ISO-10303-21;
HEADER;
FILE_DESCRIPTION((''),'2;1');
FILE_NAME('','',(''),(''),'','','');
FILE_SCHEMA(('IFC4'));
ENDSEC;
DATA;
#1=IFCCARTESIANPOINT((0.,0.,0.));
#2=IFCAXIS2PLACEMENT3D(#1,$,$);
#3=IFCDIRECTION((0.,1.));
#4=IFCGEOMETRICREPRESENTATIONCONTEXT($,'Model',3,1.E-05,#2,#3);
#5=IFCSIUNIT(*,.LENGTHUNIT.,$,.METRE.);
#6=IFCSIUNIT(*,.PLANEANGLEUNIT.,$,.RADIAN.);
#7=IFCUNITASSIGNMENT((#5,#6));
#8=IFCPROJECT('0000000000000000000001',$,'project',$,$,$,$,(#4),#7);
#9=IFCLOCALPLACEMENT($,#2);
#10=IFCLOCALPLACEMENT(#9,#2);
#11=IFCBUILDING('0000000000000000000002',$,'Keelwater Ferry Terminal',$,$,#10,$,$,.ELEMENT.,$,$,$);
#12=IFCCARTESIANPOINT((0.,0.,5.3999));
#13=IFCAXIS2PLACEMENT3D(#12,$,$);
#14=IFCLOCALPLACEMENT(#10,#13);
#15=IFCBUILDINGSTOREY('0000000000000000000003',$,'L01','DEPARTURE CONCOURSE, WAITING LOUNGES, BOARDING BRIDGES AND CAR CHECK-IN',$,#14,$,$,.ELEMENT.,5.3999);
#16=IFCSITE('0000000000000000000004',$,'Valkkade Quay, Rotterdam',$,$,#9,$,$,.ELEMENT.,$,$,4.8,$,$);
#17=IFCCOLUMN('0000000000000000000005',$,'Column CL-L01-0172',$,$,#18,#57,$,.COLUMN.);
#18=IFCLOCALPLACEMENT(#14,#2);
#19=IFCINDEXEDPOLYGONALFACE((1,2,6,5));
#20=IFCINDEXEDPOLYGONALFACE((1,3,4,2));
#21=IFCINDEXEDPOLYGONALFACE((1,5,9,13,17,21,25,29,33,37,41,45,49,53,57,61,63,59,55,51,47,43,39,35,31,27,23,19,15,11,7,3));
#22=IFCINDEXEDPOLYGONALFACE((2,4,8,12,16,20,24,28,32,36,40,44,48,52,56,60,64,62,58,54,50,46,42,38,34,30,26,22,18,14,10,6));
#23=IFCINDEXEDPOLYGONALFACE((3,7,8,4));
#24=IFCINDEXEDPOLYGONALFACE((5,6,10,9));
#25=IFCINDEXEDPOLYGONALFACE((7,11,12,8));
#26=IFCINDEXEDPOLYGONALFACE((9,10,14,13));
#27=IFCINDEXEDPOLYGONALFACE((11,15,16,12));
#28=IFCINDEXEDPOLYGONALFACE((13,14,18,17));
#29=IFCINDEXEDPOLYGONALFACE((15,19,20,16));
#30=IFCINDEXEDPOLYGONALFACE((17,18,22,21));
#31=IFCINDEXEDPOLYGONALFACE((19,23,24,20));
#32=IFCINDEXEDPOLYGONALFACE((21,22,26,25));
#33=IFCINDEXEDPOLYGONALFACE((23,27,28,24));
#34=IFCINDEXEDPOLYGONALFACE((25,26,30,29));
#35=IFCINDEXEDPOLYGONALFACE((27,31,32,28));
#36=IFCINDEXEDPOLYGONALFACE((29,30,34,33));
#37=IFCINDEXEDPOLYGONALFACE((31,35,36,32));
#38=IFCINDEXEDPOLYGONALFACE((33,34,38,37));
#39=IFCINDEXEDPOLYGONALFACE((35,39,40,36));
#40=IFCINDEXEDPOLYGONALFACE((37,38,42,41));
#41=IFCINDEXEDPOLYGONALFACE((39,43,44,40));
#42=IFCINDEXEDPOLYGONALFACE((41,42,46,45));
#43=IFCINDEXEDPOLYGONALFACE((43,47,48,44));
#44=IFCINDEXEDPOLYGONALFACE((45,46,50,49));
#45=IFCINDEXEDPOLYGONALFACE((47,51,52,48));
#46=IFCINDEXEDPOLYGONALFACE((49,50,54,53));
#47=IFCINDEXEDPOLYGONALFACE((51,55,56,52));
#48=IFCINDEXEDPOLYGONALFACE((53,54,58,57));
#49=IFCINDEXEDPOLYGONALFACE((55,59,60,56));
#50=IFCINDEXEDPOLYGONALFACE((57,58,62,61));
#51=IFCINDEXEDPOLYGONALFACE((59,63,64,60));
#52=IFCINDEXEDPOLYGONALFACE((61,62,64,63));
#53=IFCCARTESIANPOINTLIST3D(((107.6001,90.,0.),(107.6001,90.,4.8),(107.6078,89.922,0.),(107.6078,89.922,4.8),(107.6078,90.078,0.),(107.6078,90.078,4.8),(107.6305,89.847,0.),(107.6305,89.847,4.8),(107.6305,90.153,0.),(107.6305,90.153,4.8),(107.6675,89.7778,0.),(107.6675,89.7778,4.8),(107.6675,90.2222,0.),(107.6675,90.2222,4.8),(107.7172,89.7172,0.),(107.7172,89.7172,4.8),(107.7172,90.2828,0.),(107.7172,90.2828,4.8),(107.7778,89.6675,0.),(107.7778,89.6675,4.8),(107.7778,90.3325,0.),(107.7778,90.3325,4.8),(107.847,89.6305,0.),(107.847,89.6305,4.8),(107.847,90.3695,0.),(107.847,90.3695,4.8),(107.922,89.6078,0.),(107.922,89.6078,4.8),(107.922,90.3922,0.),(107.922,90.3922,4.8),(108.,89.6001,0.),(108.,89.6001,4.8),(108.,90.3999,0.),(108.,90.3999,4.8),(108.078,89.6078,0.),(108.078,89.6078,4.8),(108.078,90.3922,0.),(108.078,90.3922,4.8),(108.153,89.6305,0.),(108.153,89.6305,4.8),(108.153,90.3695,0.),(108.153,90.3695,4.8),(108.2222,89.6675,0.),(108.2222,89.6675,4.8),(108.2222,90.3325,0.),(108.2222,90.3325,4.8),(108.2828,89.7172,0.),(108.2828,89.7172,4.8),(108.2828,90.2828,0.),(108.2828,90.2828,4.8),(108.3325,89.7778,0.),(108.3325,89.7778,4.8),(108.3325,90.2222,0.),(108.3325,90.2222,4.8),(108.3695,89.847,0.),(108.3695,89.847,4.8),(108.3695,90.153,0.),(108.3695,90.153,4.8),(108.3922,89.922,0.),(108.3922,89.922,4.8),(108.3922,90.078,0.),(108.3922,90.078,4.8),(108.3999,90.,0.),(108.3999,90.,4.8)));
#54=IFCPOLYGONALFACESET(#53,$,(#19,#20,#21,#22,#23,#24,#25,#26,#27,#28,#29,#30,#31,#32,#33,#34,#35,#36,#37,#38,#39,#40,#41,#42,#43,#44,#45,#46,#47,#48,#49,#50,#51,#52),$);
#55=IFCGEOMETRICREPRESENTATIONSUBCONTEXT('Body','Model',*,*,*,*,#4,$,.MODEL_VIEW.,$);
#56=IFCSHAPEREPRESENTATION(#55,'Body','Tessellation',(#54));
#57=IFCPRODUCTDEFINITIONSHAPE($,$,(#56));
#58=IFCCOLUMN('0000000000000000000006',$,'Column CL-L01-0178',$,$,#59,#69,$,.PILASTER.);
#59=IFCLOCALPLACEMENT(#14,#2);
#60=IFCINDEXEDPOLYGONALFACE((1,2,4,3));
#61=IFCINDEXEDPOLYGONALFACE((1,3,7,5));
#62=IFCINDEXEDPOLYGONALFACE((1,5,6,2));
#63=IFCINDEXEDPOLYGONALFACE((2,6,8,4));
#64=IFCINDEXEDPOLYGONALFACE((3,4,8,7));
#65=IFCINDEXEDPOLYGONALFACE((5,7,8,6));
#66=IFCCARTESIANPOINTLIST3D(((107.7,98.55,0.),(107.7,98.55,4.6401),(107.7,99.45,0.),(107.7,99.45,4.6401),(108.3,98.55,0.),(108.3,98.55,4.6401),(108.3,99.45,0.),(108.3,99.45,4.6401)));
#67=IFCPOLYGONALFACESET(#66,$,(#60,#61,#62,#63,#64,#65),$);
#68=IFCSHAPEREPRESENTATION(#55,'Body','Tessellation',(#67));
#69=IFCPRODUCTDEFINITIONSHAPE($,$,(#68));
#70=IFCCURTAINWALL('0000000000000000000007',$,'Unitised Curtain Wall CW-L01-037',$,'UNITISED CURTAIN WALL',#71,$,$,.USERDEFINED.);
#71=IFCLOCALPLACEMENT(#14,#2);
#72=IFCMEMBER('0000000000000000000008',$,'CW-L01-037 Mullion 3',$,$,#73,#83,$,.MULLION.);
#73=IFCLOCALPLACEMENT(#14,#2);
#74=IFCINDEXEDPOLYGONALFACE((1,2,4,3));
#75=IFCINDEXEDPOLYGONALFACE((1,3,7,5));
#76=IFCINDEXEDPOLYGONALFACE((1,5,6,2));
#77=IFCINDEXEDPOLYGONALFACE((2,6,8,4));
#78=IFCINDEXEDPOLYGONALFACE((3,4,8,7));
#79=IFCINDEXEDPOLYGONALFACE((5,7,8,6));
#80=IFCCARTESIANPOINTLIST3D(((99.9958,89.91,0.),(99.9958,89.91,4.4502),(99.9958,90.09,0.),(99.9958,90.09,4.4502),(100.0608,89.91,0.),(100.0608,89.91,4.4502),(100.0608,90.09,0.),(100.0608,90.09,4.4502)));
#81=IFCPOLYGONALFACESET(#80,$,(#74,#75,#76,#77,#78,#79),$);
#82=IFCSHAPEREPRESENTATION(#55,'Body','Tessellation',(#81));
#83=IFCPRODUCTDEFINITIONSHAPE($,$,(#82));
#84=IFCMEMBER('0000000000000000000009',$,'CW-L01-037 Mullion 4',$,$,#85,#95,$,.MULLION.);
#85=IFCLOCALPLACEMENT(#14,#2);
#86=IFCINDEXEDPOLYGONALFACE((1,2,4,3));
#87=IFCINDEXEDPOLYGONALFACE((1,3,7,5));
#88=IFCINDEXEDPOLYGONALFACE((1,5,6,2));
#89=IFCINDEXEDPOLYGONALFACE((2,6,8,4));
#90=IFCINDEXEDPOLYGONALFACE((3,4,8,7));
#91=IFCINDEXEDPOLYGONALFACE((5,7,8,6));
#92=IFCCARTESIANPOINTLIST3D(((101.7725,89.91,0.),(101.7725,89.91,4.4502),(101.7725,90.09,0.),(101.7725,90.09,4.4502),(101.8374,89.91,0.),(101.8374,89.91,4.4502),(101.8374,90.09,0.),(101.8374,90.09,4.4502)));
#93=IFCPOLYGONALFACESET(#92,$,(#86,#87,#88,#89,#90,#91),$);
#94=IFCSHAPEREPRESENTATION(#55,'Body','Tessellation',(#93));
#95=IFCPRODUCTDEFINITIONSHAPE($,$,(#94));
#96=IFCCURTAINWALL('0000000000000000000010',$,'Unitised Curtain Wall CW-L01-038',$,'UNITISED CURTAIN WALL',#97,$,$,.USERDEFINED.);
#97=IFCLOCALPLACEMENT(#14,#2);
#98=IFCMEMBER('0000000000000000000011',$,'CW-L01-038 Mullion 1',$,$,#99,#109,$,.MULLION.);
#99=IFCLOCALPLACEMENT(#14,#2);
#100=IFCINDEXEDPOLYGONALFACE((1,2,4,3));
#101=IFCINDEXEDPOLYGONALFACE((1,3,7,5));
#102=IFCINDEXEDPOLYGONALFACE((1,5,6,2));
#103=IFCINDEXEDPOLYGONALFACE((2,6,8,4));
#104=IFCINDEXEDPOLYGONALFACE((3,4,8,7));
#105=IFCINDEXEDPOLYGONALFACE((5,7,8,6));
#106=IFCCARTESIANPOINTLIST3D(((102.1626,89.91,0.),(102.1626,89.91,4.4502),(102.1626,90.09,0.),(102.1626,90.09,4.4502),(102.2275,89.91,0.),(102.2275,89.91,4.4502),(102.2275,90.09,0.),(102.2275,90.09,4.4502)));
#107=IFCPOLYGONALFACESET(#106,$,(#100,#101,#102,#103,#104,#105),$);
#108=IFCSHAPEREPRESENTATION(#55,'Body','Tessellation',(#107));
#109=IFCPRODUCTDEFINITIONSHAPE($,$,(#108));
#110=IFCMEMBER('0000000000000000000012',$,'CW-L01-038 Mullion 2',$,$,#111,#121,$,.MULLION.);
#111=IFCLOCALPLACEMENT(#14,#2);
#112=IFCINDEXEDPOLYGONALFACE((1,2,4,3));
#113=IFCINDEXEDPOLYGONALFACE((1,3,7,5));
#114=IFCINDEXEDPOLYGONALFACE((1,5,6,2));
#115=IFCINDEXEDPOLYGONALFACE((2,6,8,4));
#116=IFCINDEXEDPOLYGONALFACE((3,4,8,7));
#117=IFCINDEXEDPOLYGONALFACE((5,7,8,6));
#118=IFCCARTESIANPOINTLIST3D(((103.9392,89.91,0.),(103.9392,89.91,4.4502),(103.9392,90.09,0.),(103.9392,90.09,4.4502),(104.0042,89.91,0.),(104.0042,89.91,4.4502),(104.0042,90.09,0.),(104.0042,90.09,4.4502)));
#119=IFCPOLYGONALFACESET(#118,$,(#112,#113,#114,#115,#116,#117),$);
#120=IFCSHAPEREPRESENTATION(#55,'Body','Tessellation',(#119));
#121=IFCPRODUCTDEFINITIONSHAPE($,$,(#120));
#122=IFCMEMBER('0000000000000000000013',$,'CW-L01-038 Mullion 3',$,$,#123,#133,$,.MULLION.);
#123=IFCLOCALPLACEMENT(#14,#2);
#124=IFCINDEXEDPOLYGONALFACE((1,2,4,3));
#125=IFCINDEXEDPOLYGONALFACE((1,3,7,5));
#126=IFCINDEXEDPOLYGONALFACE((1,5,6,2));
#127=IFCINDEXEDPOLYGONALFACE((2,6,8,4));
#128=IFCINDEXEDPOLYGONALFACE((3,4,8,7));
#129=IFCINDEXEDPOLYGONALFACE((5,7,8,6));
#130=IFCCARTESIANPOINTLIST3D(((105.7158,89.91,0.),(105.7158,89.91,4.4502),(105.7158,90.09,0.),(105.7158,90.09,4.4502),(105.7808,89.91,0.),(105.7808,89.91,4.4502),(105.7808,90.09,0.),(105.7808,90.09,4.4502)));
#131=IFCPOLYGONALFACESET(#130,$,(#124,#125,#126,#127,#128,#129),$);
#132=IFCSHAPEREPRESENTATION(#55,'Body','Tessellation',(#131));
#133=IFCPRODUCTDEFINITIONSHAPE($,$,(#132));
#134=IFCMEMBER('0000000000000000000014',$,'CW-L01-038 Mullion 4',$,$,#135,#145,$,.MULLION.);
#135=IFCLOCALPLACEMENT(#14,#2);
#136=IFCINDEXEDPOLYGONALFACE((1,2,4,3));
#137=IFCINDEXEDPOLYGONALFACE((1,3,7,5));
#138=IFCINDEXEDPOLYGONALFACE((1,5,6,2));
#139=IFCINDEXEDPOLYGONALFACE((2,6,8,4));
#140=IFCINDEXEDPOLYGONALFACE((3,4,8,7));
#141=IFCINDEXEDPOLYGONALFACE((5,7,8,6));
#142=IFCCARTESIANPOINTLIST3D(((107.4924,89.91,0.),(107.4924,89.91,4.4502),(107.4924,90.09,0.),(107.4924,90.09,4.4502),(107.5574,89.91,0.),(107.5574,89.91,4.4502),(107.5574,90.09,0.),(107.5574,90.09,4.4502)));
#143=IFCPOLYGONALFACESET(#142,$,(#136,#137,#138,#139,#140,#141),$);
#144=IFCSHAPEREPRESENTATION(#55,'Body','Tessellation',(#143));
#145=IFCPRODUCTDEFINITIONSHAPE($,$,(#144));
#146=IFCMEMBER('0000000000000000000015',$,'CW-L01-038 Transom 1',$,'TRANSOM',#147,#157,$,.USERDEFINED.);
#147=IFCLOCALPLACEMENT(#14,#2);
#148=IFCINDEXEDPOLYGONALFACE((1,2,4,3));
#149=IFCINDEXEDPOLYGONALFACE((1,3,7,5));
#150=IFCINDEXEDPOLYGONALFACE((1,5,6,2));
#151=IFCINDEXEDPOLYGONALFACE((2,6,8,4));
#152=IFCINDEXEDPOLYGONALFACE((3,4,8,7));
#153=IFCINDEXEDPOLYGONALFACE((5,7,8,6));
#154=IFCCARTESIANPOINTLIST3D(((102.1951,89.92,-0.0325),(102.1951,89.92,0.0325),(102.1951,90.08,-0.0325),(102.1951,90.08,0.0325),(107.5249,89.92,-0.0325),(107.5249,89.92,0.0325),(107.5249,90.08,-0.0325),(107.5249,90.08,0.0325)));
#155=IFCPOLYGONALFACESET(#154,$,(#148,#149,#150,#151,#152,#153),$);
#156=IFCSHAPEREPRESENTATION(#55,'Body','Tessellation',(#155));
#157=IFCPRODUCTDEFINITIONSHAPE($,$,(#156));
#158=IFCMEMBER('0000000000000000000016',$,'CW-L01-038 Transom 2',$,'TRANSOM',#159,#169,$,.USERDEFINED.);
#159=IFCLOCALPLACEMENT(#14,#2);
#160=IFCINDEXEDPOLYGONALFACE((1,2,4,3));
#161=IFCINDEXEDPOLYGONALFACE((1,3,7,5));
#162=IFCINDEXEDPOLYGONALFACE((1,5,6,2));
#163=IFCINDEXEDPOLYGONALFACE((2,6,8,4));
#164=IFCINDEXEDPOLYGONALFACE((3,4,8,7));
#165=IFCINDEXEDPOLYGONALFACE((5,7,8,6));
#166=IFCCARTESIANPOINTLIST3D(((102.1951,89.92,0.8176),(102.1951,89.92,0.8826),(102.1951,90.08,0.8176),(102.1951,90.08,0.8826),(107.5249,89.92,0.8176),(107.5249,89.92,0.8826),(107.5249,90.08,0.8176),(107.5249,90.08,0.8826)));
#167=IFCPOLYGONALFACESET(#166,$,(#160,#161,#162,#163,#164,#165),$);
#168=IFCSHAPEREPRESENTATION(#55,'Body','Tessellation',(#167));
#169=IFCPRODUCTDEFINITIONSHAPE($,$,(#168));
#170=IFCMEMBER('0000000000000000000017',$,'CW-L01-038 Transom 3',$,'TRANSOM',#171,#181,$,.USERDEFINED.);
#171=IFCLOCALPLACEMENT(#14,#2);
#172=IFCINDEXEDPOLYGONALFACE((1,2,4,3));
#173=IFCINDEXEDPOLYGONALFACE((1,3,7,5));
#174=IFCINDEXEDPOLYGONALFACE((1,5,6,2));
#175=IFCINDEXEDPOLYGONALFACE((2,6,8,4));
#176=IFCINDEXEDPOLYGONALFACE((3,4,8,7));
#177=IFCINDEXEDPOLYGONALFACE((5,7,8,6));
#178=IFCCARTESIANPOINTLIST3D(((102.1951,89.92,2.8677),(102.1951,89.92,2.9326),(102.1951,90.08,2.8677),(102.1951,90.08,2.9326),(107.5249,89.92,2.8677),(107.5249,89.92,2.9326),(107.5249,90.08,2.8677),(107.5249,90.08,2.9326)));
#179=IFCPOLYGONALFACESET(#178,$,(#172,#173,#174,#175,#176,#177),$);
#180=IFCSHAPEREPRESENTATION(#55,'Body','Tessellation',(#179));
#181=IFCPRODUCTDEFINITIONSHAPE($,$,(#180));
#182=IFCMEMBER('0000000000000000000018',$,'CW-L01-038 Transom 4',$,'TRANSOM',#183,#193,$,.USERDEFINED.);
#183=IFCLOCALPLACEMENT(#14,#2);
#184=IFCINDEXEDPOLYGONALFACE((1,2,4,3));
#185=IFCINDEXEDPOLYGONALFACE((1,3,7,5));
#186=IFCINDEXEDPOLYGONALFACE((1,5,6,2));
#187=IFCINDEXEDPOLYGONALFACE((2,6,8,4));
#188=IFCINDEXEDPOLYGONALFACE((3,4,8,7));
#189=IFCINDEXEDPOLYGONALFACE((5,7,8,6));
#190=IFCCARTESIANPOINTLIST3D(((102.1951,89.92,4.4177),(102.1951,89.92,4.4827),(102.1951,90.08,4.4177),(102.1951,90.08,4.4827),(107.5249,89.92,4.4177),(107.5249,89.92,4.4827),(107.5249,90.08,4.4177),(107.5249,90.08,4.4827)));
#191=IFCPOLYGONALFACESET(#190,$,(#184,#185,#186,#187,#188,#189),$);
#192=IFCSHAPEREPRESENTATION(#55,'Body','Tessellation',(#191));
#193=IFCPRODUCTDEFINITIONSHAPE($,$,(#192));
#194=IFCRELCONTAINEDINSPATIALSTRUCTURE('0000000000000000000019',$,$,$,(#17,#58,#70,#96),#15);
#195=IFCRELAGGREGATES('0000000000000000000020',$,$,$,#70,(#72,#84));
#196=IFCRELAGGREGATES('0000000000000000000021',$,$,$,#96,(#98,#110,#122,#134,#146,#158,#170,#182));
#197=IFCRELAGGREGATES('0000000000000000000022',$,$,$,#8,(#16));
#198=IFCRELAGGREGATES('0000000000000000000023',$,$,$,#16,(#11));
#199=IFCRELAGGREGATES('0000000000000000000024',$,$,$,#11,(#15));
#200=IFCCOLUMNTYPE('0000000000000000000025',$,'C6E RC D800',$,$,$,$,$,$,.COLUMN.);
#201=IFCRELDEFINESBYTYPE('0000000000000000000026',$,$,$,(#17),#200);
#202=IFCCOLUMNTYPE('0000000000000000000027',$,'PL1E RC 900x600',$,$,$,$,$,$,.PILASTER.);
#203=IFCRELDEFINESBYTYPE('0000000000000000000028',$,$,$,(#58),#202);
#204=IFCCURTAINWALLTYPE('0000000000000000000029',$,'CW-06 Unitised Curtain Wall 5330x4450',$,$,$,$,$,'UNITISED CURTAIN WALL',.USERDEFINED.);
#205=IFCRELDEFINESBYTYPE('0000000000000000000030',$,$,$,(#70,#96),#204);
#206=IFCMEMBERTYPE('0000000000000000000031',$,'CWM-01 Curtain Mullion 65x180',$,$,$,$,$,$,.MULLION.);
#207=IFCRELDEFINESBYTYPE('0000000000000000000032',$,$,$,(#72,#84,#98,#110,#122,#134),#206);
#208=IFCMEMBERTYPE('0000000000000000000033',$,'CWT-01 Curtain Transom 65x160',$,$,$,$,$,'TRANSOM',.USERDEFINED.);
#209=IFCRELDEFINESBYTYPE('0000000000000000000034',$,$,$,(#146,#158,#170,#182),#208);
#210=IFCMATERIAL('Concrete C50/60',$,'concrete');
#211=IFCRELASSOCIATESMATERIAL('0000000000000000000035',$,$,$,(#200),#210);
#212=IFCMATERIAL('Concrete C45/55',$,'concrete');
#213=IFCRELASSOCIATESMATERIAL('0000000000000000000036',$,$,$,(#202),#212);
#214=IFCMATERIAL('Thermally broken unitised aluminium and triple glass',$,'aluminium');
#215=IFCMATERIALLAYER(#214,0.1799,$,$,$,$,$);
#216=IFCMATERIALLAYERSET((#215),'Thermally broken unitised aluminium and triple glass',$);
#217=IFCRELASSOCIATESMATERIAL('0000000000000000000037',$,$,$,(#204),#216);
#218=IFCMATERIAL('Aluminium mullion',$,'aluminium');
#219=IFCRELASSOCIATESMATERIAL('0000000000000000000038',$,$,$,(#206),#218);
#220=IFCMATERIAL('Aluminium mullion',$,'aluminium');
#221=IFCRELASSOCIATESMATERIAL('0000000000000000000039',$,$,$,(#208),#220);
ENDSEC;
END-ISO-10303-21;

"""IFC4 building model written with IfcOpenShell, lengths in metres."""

from ifc_helpers import new_model, si_unit, direction, frame, origin, origin_2d, place, context, subcontext, project, spatial, rectangle, circle, extrude, material, layer, layer_set, material_profile, profile_set, type_object, element, aggregate, save


model = new_model("IFC4")

# Units and contexts
model_context = context("Model", 3, precision=1e-05, world=origin(), true_north=direction((0.0, 1.0)))
body_context = subcontext(model_context, "Body", "Model", "MODEL_VIEW")
ifc_project = project(units=[si_unit("LENGTHUNIT", "METRE"), si_unit("PLANEANGLEUNIT", "RADIAN")], contexts=[model_context])

# Site, building, storey
site_placement = place(None, origin())
site = spatial("IfcSite", under=ifc_project, at=site_placement, Name="Valkkade Quay, Rotterdam", CompositionType="ELEMENT", RefElevation=4.8)
building_placement = place(site_placement, origin())
building = spatial("IfcBuilding", under=site, at=building_placement, Name="Keelwater Ferry Terminal", CompositionType="ELEMENT")
storey_placement = place(building_placement, frame((0.0, 0.0, 5.3999)))
storey = spatial("IfcBuildingStorey", under=building, at=storey_placement, Name="L01", Description="DEPARTURE CONCOURSE, WAITING LOUNGES, BOARDING BRIDGES AND CAR CHECK-IN", CompositionType="ELEMENT", Elevation=5.3999)

# Columns
ifc_material_1 = material(Name="Concrete C50/60", Category="concrete")
ifc_material_profile_1 = material_profile(ifc_material_1, circle(Radius=0.3999, at=origin_2d()), Name="RC D800")
ifc_profile_set_1 = profile_set([ifc_material_profile_1], Name="Concrete C50/60")
column_type_1 = type_object("IfcColumnType", Name="C6E RC D800", PredefinedType="COLUMN", material=ifc_profile_set_1)
column_1_placement = place(storey_placement, frame((108.0, 90.0, 0.0), z_axis=(0.0, 0.0, 1.0), x_axis=(1.0, 0.0, 0.0)))
element("IfcColumn", 1, at=column_1_placement, inside=storey, type_object=column_type_1, Name="Column CL-L01-0172", PredefinedType="COLUMN", context=body_context, shape_type="SweptSolid", body=[
    extrude(circle(Radius=0.3999, at=origin_2d()), origin(), (0.0, 0.0, 1.0), 4.8),
])
ifc_material_2 = material(Name="Concrete C45/55", Category="concrete")
ifc_material_profile_2 = material_profile(ifc_material_2, rectangle(XDim=0.6001, YDim=0.8999, at=origin_2d()), Name="RC 900x600")
ifc_profile_set_2 = profile_set([ifc_material_profile_2], Name="Concrete C45/55")
column_type_2 = type_object("IfcColumnType", Name="PL1E RC 900x600", PredefinedType="PILASTER", material=ifc_profile_set_2)
column_2_placement = place(storey_placement, frame((108.0, 99.0, 0.0), z_axis=(0.0, 0.0, 1.0), x_axis=(1.0, 0.0, 0.0)))
element("IfcColumn", 2, at=column_2_placement, inside=storey, type_object=column_type_2, Name="Column CL-L01-0178", PredefinedType="PILASTER", context=body_context, shape_type="SweptSolid", body=[
    extrude(rectangle(XDim=0.6001, YDim=0.8999, at=origin_2d()), origin(), (0.0, 0.0, 1.0), 4.6401),
])

# Curtain walls, members
ifc_material_3 = material(Name="Thermally broken unitised aluminium and triple glass", Category="aluminium")
ifc_layer_1 = layer(ifc_material_3, 0.1799)
ifc_layer_set_1 = layer_set([ifc_layer_1], Name="Thermally broken unitised aluminium and triple glass")
curtain_wall_type = type_object("IfcCurtainWallType", Name="CW-06 Unitised Curtain Wall 5330x4450", ElementType="UNITISED CURTAIN WALL", PredefinedType="USERDEFINED", material=ifc_layer_set_1)
curtain_wall_1_placement = place(storey_placement, origin())
curtain_wall_1 = element("IfcCurtainWall", 3, at=curtain_wall_1_placement, inside=storey, type_object=curtain_wall_type, Name="Unitised Curtain Wall CW-L01-037", ObjectType="UNITISED CURTAIN WALL", PredefinedType="USERDEFINED")
ifc_material_4 = material(Name="Aluminium mullion", Category="aluminium")
ifc_material_profile_3 = material_profile(ifc_material_4, rectangle(XDim=0.0649, YDim=0.1799, at=origin_2d()), Name="CWM-01")
ifc_profile_set_3 = profile_set([ifc_material_profile_3], Name="Aluminium mullion")
member_type_1 = type_object("IfcMemberType", Name="CWM-01 Curtain Mullion 65x180", PredefinedType="MULLION", material=ifc_profile_set_3)
member_1_placement = place(storey_placement, frame((100.0283, 90.0, 0.0), z_axis=(0.0, 0.0, 1.0), x_axis=(1.0, 0.0, 0.0)))
member_1 = element("IfcMember", 4, at=member_1_placement, type_object=member_type_1, Name="CW-L01-037 Mullion 3", PredefinedType="MULLION", context=body_context, shape_type="SweptSolid", body=[
    extrude(rectangle(XDim=0.0649, YDim=0.1799, at=origin_2d()), origin(), (0.0, 0.0, 1.0), 4.4502),
])
member_2_placement = place(storey_placement, frame((101.8049, 90.0, 0.0), z_axis=(0.0, 0.0, 1.0), x_axis=(1.0, 0.0, 0.0)))
member_2 = element("IfcMember", 5, at=member_2_placement, type_object=member_type_1, Name="CW-L01-037 Mullion 4", PredefinedType="MULLION", context=body_context, shape_type="SweptSolid", body=[
    extrude(rectangle(XDim=0.0649, YDim=0.1799, at=origin_2d()), origin(), (0.0, 0.0, 1.0), 4.4502),
])
curtain_wall_2_placement = place(storey_placement, origin())
curtain_wall_2 = element("IfcCurtainWall", 6, at=curtain_wall_2_placement, inside=storey, type_object=curtain_wall_type, Name="Unitised Curtain Wall CW-L01-038", ObjectType="UNITISED CURTAIN WALL", PredefinedType="USERDEFINED")
member_3_placement = place(storey_placement, frame((102.1951, 90.0, 0.0), z_axis=(0.0, 0.0, 1.0), x_axis=(1.0, 0.0, 0.0)))
member_3 = element("IfcMember", 7, at=member_3_placement, type_object=member_type_1, Name="CW-L01-038 Mullion 1", PredefinedType="MULLION", context=body_context, shape_type="SweptSolid", body=[
    extrude(rectangle(XDim=0.0649, YDim=0.1799, at=origin_2d()), origin(), (0.0, 0.0, 1.0), 4.4502),
])
member_4_placement = place(storey_placement, frame((103.9717, 90.0, 0.0), z_axis=(0.0, 0.0, 1.0), x_axis=(1.0, 0.0, 0.0)))
member_4 = element("IfcMember", 8, at=member_4_placement, type_object=member_type_1, Name="CW-L01-038 Mullion 2", PredefinedType="MULLION", context=body_context, shape_type="SweptSolid", body=[
    extrude(rectangle(XDim=0.0649, YDim=0.1799, at=origin_2d()), origin(), (0.0, 0.0, 1.0), 4.4502),
])
member_5_placement = place(storey_placement, frame((105.7483, 90.0, 0.0), z_axis=(0.0, 0.0, 1.0), x_axis=(1.0, 0.0, 0.0)))
member_5 = element("IfcMember", 9, at=member_5_placement, type_object=member_type_1, Name="CW-L01-038 Mullion 3", PredefinedType="MULLION", context=body_context, shape_type="SweptSolid", body=[
    extrude(rectangle(XDim=0.0649, YDim=0.1799, at=origin_2d()), origin(), (0.0, 0.0, 1.0), 4.4502),
])
member_6_placement = place(storey_placement, frame((107.5249, 90.0, 0.0), z_axis=(0.0, 0.0, 1.0), x_axis=(1.0, 0.0, 0.0)))
member_6 = element("IfcMember", 10, at=member_6_placement, type_object=member_type_1, Name="CW-L01-038 Mullion 4", PredefinedType="MULLION", context=body_context, shape_type="SweptSolid", body=[
    extrude(rectangle(XDim=0.0649, YDim=0.1799, at=origin_2d()), origin(), (0.0, 0.0, 1.0), 4.4502),
])
ifc_material_5 = material(Name="Aluminium mullion", Category="aluminium")
ifc_material_profile_4 = material_profile(ifc_material_5, rectangle(XDim=0.1599, YDim=0.0649, at=origin_2d()), Name="CWT-01")
ifc_profile_set_4 = profile_set([ifc_material_profile_4], Name="Aluminium mullion")
member_type_2 = type_object("IfcMemberType", Name="CWT-01 Curtain Transom 65x160", ElementType="TRANSOM", PredefinedType="USERDEFINED", material=ifc_profile_set_4)
member_7_placement = place(storey_placement, frame((102.1951, 90.0, 0.0), z_axis=(1.0, 0.0, 0.0), x_axis=(0.0, 1.0, 0.0)))
member_7 = element("IfcMember", 11, at=member_7_placement, type_object=member_type_2, Name="CW-L01-038 Transom 1", ObjectType="TRANSOM", PredefinedType="USERDEFINED", context=body_context, shape_type="SweptSolid", body=[
    extrude(rectangle(XDim=0.1599, YDim=0.0649, at=origin_2d()), origin(), (0.0, 0.0, 1.0), 5.3298),
])
member_8_placement = place(storey_placement, frame((102.1951, 90.0, 0.8501), z_axis=(1.0, 0.0, 0.0), x_axis=(0.0, 1.0, 0.0)))
member_8 = element("IfcMember", 12, at=member_8_placement, type_object=member_type_2, Name="CW-L01-038 Transom 2", ObjectType="TRANSOM", PredefinedType="USERDEFINED", context=body_context, shape_type="SweptSolid", body=[
    extrude(rectangle(XDim=0.1599, YDim=0.0649, at=origin_2d()), origin(), (0.0, 0.0, 1.0), 5.3298),
])
member_9_placement = place(storey_placement, frame((102.1951, 90.0, 2.9001), z_axis=(1.0, 0.0, 0.0), x_axis=(0.0, 1.0, 0.0)))
member_9 = element("IfcMember", 13, at=member_9_placement, type_object=member_type_2, Name="CW-L01-038 Transom 3", ObjectType="TRANSOM", PredefinedType="USERDEFINED", context=body_context, shape_type="SweptSolid", body=[
    extrude(rectangle(XDim=0.1599, YDim=0.0649, at=origin_2d()), origin(), (0.0, 0.0, 1.0), 5.3298),
])
member_10_placement = place(storey_placement, frame((102.1951, 90.0, 4.4502), z_axis=(1.0, 0.0, 0.0), x_axis=(0.0, 1.0, 0.0)))
member_10 = element("IfcMember", 14, at=member_10_placement, type_object=member_type_2, Name="CW-L01-038 Transom 4", ObjectType="TRANSOM", PredefinedType="USERDEFINED", context=body_context, shape_type="SweptSolid", body=[
    extrude(rectangle(XDim=0.1599, YDim=0.0649, at=origin_2d()), origin(), (0.0, 0.0, 1.0), 5.3298),
])

aggregate(curtain_wall_1, [member_1, member_2])
aggregate(curtain_wall_2, [member_3, member_4, member_5, member_6, member_7, member_8, member_9, member_10])

save(model, "model.ifc")
